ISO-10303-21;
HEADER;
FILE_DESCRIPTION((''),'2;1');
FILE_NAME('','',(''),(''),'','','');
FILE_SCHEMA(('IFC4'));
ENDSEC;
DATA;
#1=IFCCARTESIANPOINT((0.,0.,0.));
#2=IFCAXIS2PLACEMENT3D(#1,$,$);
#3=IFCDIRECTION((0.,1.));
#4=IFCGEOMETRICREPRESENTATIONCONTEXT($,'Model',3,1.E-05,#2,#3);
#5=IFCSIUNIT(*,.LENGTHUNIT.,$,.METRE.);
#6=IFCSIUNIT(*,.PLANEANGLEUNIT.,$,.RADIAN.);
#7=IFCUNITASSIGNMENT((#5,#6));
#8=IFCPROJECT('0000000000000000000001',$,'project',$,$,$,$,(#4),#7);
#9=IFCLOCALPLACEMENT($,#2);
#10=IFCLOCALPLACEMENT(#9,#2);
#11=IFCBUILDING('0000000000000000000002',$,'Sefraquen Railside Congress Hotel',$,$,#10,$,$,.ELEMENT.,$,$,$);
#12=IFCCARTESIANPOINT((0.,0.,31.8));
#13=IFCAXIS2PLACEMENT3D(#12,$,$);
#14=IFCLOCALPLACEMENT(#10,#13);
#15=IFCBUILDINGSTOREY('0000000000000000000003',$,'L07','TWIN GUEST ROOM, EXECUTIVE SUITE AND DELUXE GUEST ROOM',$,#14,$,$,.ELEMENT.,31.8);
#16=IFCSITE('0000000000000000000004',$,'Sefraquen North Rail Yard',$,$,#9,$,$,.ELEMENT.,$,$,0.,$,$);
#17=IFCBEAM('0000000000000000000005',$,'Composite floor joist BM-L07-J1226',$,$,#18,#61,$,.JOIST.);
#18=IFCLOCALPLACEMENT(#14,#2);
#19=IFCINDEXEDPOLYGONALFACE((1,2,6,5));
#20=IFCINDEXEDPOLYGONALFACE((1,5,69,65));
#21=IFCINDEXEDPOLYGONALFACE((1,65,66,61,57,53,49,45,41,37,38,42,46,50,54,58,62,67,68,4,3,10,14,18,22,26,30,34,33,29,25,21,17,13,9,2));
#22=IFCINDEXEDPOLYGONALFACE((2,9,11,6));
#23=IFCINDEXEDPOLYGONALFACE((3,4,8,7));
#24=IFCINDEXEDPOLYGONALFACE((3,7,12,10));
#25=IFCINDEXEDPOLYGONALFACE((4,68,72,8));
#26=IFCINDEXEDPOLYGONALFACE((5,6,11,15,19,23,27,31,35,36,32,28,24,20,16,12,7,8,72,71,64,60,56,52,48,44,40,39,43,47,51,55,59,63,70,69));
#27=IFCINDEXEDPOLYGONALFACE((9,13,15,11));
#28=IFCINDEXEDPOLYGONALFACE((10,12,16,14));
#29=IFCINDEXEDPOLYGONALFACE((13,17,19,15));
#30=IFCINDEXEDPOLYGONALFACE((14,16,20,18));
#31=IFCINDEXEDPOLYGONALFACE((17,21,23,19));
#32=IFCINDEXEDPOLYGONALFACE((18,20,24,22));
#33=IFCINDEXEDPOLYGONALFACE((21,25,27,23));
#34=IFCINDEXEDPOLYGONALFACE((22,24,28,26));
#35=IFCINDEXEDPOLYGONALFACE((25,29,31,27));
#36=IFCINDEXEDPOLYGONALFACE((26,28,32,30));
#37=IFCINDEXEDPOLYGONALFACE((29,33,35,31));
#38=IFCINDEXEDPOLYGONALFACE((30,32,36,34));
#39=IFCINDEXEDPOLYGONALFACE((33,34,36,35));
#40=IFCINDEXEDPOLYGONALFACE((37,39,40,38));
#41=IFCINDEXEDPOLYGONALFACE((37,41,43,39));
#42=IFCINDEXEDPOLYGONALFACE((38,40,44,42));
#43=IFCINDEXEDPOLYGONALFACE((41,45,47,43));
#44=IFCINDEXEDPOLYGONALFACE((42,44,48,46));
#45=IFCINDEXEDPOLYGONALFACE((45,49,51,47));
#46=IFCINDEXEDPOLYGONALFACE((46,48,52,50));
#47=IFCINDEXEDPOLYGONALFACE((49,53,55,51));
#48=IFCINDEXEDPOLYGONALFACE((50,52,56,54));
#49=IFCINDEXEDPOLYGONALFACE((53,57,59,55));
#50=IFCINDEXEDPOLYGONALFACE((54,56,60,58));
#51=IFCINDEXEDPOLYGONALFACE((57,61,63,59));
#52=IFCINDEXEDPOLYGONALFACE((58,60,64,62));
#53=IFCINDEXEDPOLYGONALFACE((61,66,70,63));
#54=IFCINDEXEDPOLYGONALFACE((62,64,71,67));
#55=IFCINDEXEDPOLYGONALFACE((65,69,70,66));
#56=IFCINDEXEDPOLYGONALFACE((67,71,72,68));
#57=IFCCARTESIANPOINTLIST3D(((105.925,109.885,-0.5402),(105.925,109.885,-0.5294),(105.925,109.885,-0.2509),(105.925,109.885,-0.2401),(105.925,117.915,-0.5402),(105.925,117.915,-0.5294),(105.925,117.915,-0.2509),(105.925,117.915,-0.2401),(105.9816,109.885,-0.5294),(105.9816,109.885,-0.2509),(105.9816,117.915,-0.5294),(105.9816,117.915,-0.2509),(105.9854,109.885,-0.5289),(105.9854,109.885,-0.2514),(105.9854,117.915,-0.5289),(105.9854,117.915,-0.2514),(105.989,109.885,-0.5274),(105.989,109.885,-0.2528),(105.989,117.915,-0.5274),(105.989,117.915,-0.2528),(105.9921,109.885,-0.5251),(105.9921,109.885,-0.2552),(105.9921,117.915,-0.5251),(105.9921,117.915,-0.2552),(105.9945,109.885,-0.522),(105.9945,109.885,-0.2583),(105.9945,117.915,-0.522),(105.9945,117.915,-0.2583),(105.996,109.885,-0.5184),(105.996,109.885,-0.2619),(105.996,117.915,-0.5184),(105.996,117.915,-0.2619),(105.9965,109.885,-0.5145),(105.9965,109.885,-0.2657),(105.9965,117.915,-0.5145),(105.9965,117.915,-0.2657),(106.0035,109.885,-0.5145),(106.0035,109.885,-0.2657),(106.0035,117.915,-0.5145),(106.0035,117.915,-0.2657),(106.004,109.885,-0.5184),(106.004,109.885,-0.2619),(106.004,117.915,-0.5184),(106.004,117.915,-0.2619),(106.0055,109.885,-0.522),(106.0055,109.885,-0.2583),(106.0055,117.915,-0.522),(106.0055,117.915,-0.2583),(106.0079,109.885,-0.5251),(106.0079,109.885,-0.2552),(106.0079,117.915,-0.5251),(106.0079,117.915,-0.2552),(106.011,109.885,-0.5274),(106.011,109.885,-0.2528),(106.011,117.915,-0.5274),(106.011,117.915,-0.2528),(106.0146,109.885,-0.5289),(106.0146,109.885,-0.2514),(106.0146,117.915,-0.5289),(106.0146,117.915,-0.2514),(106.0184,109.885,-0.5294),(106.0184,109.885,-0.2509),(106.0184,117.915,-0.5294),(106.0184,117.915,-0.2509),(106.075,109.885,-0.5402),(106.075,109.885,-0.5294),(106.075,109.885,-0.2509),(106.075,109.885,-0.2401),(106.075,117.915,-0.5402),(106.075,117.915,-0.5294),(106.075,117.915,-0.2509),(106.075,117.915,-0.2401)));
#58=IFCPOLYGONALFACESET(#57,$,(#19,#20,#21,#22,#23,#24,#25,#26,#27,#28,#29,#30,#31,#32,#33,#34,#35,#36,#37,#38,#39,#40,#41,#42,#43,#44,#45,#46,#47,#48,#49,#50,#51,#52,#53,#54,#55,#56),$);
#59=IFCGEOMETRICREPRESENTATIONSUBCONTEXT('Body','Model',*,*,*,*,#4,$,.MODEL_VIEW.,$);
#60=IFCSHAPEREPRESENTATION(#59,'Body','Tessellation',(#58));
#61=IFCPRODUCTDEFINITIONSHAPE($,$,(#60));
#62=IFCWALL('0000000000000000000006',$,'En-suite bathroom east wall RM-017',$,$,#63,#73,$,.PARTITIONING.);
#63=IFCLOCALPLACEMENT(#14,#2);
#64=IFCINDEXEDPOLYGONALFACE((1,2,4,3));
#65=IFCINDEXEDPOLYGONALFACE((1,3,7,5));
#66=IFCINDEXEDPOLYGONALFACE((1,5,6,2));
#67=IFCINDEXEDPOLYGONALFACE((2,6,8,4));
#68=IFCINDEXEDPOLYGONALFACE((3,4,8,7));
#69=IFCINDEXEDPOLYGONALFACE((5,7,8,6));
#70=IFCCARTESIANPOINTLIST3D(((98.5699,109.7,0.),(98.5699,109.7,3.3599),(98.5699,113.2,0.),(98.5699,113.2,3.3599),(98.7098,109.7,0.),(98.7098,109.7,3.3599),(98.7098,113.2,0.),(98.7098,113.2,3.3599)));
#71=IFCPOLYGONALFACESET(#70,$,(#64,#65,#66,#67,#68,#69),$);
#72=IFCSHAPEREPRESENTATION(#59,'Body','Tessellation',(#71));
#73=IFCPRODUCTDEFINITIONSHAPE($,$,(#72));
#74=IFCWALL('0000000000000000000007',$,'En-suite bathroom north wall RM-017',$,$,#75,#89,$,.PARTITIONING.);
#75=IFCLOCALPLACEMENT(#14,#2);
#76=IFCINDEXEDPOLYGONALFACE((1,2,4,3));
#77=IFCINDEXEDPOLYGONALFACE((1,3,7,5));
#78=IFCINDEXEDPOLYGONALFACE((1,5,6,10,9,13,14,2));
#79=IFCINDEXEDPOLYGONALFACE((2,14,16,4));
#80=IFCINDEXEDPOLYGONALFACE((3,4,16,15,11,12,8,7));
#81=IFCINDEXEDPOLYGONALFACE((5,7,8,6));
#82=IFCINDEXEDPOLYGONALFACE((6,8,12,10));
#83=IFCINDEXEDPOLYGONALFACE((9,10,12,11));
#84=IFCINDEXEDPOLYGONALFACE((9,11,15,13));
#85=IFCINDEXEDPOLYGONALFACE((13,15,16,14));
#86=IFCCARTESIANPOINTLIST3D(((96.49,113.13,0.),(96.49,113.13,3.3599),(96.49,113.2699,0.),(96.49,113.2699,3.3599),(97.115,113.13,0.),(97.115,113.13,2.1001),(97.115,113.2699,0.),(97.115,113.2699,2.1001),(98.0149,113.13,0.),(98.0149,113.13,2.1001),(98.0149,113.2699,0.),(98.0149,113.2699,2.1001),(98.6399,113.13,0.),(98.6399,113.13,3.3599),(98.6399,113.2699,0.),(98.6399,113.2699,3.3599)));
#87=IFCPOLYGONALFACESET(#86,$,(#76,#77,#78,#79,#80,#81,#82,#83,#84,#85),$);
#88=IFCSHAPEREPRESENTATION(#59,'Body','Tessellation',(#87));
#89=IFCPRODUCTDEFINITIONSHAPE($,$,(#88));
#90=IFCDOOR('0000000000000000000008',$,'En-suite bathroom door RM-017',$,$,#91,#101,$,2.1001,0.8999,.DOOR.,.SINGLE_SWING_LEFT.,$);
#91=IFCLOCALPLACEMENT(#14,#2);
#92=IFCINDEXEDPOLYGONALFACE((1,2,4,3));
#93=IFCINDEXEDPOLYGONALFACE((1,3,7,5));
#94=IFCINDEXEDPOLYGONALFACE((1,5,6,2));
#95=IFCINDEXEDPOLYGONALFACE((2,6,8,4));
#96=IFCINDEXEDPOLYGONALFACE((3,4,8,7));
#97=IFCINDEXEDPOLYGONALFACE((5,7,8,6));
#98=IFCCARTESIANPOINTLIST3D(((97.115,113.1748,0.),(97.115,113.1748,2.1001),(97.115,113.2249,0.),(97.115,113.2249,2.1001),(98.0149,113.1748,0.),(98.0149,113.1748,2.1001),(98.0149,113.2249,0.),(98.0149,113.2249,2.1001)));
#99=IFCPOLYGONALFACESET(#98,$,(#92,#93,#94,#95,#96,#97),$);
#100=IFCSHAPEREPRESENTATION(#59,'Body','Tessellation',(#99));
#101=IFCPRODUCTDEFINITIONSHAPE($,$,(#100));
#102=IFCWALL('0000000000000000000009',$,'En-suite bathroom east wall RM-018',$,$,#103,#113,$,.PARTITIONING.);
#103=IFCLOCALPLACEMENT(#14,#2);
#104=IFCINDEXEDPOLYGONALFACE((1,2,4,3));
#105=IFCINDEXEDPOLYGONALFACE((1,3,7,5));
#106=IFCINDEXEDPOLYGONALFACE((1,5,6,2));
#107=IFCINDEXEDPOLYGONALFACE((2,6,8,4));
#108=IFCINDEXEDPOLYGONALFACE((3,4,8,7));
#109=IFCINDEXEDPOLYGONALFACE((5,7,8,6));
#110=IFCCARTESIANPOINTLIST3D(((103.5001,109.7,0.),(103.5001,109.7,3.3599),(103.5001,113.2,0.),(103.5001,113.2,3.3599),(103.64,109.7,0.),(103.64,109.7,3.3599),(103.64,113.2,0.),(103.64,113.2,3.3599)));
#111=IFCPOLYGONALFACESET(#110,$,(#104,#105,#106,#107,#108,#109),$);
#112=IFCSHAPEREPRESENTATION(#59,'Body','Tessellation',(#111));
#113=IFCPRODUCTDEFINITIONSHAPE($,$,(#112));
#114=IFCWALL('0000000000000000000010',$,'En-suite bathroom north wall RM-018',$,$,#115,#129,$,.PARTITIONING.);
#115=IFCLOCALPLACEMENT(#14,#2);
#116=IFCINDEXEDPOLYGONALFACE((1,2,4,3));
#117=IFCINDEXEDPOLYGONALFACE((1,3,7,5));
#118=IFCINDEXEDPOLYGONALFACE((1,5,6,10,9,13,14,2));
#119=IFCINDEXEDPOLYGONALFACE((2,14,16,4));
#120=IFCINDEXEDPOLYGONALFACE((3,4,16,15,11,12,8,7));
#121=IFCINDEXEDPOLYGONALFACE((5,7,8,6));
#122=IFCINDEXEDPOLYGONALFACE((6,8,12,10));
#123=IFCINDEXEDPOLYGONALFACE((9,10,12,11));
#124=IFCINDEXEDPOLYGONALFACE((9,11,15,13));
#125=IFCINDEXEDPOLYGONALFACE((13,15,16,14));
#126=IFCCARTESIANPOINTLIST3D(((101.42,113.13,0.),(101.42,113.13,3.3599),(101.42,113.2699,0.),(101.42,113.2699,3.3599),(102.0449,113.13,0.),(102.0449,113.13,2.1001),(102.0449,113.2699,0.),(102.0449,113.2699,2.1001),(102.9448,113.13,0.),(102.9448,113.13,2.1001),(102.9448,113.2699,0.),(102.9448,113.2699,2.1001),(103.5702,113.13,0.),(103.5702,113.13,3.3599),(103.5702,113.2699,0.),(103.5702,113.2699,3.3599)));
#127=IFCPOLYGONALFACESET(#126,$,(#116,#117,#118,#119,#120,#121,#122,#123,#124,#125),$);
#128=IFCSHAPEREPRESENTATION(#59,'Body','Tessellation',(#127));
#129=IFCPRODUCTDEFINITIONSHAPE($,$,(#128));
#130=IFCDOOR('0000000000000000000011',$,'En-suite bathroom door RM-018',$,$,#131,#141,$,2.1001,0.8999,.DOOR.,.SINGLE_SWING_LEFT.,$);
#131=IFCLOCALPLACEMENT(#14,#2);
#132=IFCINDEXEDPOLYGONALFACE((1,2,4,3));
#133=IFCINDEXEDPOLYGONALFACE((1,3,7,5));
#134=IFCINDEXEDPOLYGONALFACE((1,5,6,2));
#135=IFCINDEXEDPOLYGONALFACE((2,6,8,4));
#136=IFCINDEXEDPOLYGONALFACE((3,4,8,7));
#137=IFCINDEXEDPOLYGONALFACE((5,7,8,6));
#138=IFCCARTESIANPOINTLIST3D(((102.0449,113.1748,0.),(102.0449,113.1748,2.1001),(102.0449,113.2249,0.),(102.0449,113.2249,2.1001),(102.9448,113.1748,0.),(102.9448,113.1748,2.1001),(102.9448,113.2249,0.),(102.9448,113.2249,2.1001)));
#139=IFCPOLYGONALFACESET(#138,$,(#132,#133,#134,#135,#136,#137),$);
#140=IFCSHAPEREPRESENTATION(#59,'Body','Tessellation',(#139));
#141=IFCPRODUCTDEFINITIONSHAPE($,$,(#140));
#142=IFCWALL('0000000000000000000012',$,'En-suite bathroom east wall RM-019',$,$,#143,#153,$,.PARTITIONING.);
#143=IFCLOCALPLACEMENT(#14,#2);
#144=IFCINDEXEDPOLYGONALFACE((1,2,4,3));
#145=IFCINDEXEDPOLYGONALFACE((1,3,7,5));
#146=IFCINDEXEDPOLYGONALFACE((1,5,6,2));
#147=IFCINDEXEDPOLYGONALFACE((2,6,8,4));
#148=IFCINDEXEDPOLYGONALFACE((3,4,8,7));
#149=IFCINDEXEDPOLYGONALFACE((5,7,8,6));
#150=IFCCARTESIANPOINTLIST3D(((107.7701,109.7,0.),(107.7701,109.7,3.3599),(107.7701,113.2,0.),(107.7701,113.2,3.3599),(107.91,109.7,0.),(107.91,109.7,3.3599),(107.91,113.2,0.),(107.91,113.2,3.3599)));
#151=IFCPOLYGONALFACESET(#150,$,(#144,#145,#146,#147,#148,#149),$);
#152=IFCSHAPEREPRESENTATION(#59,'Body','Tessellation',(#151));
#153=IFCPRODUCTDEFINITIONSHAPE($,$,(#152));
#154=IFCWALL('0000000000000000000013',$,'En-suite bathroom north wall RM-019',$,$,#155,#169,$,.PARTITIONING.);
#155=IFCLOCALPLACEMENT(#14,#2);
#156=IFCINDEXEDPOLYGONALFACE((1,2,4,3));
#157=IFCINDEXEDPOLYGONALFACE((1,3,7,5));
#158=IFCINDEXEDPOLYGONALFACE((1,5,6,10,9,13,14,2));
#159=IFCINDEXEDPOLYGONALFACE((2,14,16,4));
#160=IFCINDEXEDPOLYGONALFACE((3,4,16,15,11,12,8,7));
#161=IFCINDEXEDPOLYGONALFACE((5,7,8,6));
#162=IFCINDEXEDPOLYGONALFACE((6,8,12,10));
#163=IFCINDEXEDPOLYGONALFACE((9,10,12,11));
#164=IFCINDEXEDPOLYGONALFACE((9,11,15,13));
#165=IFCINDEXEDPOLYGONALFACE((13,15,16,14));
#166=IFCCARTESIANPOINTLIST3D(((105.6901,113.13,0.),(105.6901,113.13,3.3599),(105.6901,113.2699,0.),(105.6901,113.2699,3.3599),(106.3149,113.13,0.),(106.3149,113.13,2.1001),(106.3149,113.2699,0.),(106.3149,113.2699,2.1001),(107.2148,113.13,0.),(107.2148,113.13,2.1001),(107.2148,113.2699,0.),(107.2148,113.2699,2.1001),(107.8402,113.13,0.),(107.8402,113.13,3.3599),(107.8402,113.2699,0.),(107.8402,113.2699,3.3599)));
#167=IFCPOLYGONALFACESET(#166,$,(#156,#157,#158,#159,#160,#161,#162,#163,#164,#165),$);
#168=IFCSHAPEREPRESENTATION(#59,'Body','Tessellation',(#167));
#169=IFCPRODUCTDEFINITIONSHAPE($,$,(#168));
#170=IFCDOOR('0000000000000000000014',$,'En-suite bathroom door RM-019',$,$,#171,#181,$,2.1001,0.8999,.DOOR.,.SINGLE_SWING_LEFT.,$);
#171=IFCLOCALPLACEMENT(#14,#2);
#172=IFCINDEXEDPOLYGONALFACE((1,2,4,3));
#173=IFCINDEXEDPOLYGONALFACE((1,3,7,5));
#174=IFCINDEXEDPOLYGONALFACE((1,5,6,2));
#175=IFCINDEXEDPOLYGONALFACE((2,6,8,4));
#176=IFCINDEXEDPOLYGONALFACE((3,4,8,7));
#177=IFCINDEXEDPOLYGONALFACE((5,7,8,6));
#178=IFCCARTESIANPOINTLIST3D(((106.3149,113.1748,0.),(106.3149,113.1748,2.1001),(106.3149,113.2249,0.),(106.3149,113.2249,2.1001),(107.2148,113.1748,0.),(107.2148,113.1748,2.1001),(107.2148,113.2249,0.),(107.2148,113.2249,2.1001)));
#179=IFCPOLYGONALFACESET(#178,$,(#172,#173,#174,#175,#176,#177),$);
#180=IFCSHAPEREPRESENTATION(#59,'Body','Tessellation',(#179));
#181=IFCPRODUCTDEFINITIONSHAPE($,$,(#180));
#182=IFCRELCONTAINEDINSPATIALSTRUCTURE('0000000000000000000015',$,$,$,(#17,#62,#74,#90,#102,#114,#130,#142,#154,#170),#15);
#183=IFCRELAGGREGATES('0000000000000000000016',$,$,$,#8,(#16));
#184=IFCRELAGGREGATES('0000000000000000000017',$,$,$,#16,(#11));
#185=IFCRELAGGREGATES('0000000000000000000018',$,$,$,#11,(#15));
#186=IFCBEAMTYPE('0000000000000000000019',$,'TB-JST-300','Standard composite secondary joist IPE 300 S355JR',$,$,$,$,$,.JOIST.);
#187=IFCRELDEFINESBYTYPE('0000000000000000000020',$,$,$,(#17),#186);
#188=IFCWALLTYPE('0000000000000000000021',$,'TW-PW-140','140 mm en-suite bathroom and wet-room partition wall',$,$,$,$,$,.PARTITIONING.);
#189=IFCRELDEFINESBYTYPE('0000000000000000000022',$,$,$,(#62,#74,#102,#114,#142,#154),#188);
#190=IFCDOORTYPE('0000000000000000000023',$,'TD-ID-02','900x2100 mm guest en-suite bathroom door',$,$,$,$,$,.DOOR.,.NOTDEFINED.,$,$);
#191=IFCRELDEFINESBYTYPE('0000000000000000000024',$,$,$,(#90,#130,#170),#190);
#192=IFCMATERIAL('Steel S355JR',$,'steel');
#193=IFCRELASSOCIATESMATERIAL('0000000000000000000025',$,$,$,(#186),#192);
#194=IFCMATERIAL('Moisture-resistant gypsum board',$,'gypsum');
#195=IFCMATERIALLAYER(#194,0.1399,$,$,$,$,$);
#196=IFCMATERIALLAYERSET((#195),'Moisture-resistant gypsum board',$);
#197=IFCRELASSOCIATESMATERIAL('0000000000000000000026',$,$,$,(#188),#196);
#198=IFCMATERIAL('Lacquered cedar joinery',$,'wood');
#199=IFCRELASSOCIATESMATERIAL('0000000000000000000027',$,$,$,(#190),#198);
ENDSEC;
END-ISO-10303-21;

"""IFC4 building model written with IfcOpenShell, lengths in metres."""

from ifc_helpers import new_model, si_unit, direction, frame, frame_2d, origin, origin_2d, place, context, subcontext, project, spatial, rectangle, i_section, extrude, material, layer, layer_set, material_profile, profile_set, type_object, element, fill, save


model = new_model("IFC4")

# Units and contexts
model_context = context("Model", 3, precision=1e-05, world=origin(), true_north=direction((0.0, 1.0)))
body_context = subcontext(model_context, "Body", "Model", "MODEL_VIEW")
ifc_project = project(units=[si_unit("LENGTHUNIT", "METRE"), si_unit("PLANEANGLEUNIT", "RADIAN")], contexts=[model_context])

# Site, building, storey
site_placement = place(None, origin())
site = spatial("IfcSite", under=ifc_project, at=site_placement, Name="Sefraquen North Rail Yard", CompositionType="ELEMENT", RefElevation=0.0)
building_placement = place(site_placement, origin())
building = spatial("IfcBuilding", under=site, at=building_placement, Name="Sefraquen Railside Congress Hotel", CompositionType="ELEMENT")
storey_placement = place(building_placement, frame((0.0, 0.0, 31.8)))
storey = spatial("IfcBuildingStorey", under=building, at=storey_placement, Name="L07", Description="TWIN GUEST ROOM, EXECUTIVE SUITE AND DELUXE GUEST ROOM", CompositionType="ELEMENT", Elevation=31.8)

# Shared definitions
ifc_material_1 = material(Name="Steel S355JR", Category="steel")

# Beam
ifc_material_profile_1 = material_profile(ifc_material_1, i_section(OverallWidth=0.1499, OverallDepth=0.3, WebThickness=0.0071, FlangeThickness=0.0107, FilletRadius=0.0149, at=origin_2d()), Name="IPE 300")
ifc_profile_set_1 = profile_set([ifc_material_profile_1], Name="Steel S355JR")
beam_type_1 = type_object("IfcBeamType", Name="TB-JST-300", Description="Standard composite secondary joist IPE 300 S355JR", PredefinedType="JOIST", material=ifc_profile_set_1)
beam_1_placement = place(storey_placement, frame((106.0, 109.885, -0.3901), z_axis=(0.0, 1.0, 0.0), x_axis=(-1.0, 0.0, 0.0)))
element("IfcBeam", 1, at=beam_1_placement, inside=storey, type_object=beam_type_1, Name="Composite floor joist BM-L07-J1226", PredefinedType="JOIST", context=body_context, shape_type="SweptSolid", body=[
    extrude(i_section(OverallWidth=0.1499, OverallDepth=0.3, WebThickness=0.0071, FlangeThickness=0.0107, FilletRadius=0.0149, at=origin_2d()), origin(), (0.0, 0.0, 1.0), 8.03),
])

# Wall
ifc_material_2 = material(Name="Moisture-resistant gypsum board", Category="gypsum")
ifc_layer_1 = layer(ifc_material_2, 0.1399)
ifc_layer_set_1 = layer_set([ifc_layer_1], Name="Moisture-resistant gypsum board")
wall_type_1 = type_object("IfcWallType", Name="TW-PW-140", Description="140 mm en-suite bathroom and wet-room partition wall", PredefinedType="PARTITIONING", material=ifc_layer_set_1)
wall_1_placement = place(storey_placement, frame((98.6399, 109.7, 0.0), z_axis=(0.0, 0.0, 1.0), x_axis=(0.0, 1.0, 0.0)))
element("IfcWall", 2, at=wall_1_placement, inside=storey, type_object=wall_type_1, Name="En-suite bathroom east wall RM-017", PredefinedType="PARTITIONING", context=body_context, shape_type="SweptSolid", body=[
    extrude(rectangle(XDim=3.5, YDim=0.1399, at=frame_2d((1.75, 0.0))), origin(), (0.0, 0.0, 1.0), 3.3599),
])

# Wall, opening, door
wall_2_placement = place(storey_placement, frame((96.49, 113.2, 0.0), z_axis=(0.0, 0.0, 1.0), x_axis=(1.0, 0.0, 0.0)))
wall_2 = element("IfcWall", 3, at=wall_2_placement, inside=storey, type_object=wall_type_1, Name="En-suite bathroom north wall RM-017", PredefinedType="PARTITIONING", context=body_context, shape_type="SweptSolid", body=[
    extrude(rectangle(XDim=2.1499, YDim=0.1399, at=frame_2d((1.075, 0.0))), origin(), (0.0, 0.0, 1.0), 3.3599),
])
opening_1_placement = place(wall_2_placement, frame((0.625, 0.0, 0.0)))
opening_1 = element("IfcOpeningElement", 4, at=opening_1_placement, cuts=wall_2, PredefinedType="OPENING", context=body_context, shape_type="SweptSolid", body=[
    extrude(rectangle(XDim=0.8999, YDim=2.1001, at=frame_2d((0.45, 1.05))), frame((0.0, 0.0798, 0.0), z_axis=(0.0, -1.0, 0.0), x_axis=(1.0, 0.0, 0.0)), (0.0, 0.0, 1.0), 0.1599),
])
ifc_material_3 = material(Name="Lacquered cedar joinery", Category="wood")
door_type = type_object("IfcDoorType", Name="TD-ID-02", Description="900x2100 mm guest en-suite bathroom door", OperationType="NOTDEFINED", PredefinedType="DOOR", material=ifc_material_3)
door_1_placement = place(opening_1_placement, origin())
door_1 = element("IfcDoor", 5, at=door_1_placement, inside=storey, type_object=door_type, Name="En-suite bathroom door RM-017", OperationType="SINGLE_SWING_LEFT", OverallHeight=2.1001, OverallWidth=0.8999, PredefinedType="DOOR", context=body_context, shape_type="SweptSolid", body=[
    extrude(rectangle(XDim=0.8999, YDim=2.1001, at=frame_2d((0.45, 1.05))), frame((0.0, 0.0249, 0.0), z_axis=(0.0, -1.0, 0.0), x_axis=(1.0, 0.0, 0.0)), (0.0, 0.0, 1.0), 0.05),
])
fill(opening_1, door_1)

# Wall
wall_3_placement = place(storey_placement, frame((103.5701, 109.7, 0.0), z_axis=(0.0, 0.0, 1.0), x_axis=(0.0, 1.0, 0.0)))
element("IfcWall", 6, at=wall_3_placement, inside=storey, type_object=wall_type_1, Name="En-suite bathroom east wall RM-018", PredefinedType="PARTITIONING", context=body_context, shape_type="SweptSolid", body=[
    extrude(rectangle(XDim=3.5, YDim=0.1399, at=frame_2d((1.75, 0.0))), origin(), (0.0, 0.0, 1.0), 3.3599),
])

# Wall, opening, door
wall_4_placement = place(storey_placement, frame((101.4199, 113.2, 0.0), z_axis=(0.0, 0.0, 1.0), x_axis=(1.0, 0.0, 0.0)))
wall_4 = element("IfcWall", 7, at=wall_4_placement, inside=storey, type_object=wall_type_1, Name="En-suite bathroom north wall RM-018", PredefinedType="PARTITIONING", context=body_context, shape_type="SweptSolid", body=[
    extrude(rectangle(XDim=2.1501, YDim=0.1399, at=frame_2d((1.0752, 0.0))), origin(), (0.0, 0.0, 1.0), 3.3599),
])
opening_2_placement = place(wall_4_placement, frame((0.625, 0.0, 0.0)))
opening_2 = element("IfcOpeningElement", 8, at=opening_2_placement, cuts=wall_4, PredefinedType="OPENING", context=body_context, shape_type="SweptSolid", body=[
    extrude(rectangle(XDim=0.8999, YDim=2.1001, at=frame_2d((0.45, 1.05))), frame((0.0, 0.0798, 0.0), z_axis=(0.0, -1.0, 0.0), x_axis=(1.0, 0.0, 0.0)), (0.0, 0.0, 1.0), 0.1599),
])
door_2_placement = place(opening_2_placement, origin())
door_2 = element("IfcDoor", 9, at=door_2_placement, inside=storey, type_object=door_type, Name="En-suite bathroom door RM-018", OperationType="SINGLE_SWING_LEFT", OverallHeight=2.1001, OverallWidth=0.8999, PredefinedType="DOOR", context=body_context, shape_type="SweptSolid", body=[
    extrude(rectangle(XDim=0.8999, YDim=2.1001, at=frame_2d((0.45, 1.05))), frame((0.0, 0.0249, 0.0), z_axis=(0.0, -1.0, 0.0), x_axis=(1.0, 0.0, 0.0)), (0.0, 0.0, 1.0), 0.05),
])
fill(opening_2, door_2)

# Wall
wall_5_placement = place(storey_placement, frame((107.8401, 109.7, 0.0), z_axis=(0.0, 0.0, 1.0), x_axis=(0.0, 1.0, 0.0)))
element("IfcWall", 10, at=wall_5_placement, inside=storey, type_object=wall_type_1, Name="En-suite bathroom east wall RM-019", PredefinedType="PARTITIONING", context=body_context, shape_type="SweptSolid", body=[
    extrude(rectangle(XDim=3.5, YDim=0.1399, at=frame_2d((1.75, 0.0))), origin(), (0.0, 0.0, 1.0), 3.3599),
])

# Wall, opening, door
wall_6_placement = place(storey_placement, frame((105.6899, 113.2, 0.0), z_axis=(0.0, 0.0, 1.0), x_axis=(1.0, 0.0, 0.0)))
wall_6 = element("IfcWall", 11, at=wall_6_placement, inside=storey, type_object=wall_type_1, Name="En-suite bathroom north wall RM-019", PredefinedType="PARTITIONING", context=body_context, shape_type="SweptSolid", body=[
    extrude(rectangle(XDim=2.1501, YDim=0.1399, at=frame_2d((1.0752, 0.0))), origin(), (0.0, 0.0, 1.0), 3.3599),
])
opening_3_placement = place(wall_6_placement, frame((0.625, 0.0, 0.0)))
opening_3 = element("IfcOpeningElement", 12, at=opening_3_placement, cuts=wall_6, PredefinedType="OPENING", context=body_context, shape_type="SweptSolid", body=[
    extrude(rectangle(XDim=0.8999, YDim=2.1001, at=frame_2d((0.45, 1.05))), frame((0.0, 0.0798, 0.0), z_axis=(0.0, -1.0, 0.0), x_axis=(1.0, 0.0, 0.0)), (0.0, 0.0, 1.0), 0.1599),
])
door_3_placement = place(opening_3_placement, origin())
door_3 = element("IfcDoor", 13, at=door_3_placement, inside=storey, type_object=door_type, Name="En-suite bathroom door RM-019", OperationType="SINGLE_SWING_LEFT", OverallHeight=2.1001, OverallWidth=0.8999, PredefinedType="DOOR", context=body_context, shape_type="SweptSolid", body=[
    extrude(rectangle(XDim=0.8999, YDim=2.1001, at=frame_2d((0.45, 1.05))), frame((0.0, 0.0249, 0.0), z_axis=(0.0, -1.0, 0.0), x_axis=(1.0, 0.0, 0.0)), (0.0, 0.0, 1.0), 0.05),
])
fill(opening_3, door_3)

save(model, "model.ifc")
